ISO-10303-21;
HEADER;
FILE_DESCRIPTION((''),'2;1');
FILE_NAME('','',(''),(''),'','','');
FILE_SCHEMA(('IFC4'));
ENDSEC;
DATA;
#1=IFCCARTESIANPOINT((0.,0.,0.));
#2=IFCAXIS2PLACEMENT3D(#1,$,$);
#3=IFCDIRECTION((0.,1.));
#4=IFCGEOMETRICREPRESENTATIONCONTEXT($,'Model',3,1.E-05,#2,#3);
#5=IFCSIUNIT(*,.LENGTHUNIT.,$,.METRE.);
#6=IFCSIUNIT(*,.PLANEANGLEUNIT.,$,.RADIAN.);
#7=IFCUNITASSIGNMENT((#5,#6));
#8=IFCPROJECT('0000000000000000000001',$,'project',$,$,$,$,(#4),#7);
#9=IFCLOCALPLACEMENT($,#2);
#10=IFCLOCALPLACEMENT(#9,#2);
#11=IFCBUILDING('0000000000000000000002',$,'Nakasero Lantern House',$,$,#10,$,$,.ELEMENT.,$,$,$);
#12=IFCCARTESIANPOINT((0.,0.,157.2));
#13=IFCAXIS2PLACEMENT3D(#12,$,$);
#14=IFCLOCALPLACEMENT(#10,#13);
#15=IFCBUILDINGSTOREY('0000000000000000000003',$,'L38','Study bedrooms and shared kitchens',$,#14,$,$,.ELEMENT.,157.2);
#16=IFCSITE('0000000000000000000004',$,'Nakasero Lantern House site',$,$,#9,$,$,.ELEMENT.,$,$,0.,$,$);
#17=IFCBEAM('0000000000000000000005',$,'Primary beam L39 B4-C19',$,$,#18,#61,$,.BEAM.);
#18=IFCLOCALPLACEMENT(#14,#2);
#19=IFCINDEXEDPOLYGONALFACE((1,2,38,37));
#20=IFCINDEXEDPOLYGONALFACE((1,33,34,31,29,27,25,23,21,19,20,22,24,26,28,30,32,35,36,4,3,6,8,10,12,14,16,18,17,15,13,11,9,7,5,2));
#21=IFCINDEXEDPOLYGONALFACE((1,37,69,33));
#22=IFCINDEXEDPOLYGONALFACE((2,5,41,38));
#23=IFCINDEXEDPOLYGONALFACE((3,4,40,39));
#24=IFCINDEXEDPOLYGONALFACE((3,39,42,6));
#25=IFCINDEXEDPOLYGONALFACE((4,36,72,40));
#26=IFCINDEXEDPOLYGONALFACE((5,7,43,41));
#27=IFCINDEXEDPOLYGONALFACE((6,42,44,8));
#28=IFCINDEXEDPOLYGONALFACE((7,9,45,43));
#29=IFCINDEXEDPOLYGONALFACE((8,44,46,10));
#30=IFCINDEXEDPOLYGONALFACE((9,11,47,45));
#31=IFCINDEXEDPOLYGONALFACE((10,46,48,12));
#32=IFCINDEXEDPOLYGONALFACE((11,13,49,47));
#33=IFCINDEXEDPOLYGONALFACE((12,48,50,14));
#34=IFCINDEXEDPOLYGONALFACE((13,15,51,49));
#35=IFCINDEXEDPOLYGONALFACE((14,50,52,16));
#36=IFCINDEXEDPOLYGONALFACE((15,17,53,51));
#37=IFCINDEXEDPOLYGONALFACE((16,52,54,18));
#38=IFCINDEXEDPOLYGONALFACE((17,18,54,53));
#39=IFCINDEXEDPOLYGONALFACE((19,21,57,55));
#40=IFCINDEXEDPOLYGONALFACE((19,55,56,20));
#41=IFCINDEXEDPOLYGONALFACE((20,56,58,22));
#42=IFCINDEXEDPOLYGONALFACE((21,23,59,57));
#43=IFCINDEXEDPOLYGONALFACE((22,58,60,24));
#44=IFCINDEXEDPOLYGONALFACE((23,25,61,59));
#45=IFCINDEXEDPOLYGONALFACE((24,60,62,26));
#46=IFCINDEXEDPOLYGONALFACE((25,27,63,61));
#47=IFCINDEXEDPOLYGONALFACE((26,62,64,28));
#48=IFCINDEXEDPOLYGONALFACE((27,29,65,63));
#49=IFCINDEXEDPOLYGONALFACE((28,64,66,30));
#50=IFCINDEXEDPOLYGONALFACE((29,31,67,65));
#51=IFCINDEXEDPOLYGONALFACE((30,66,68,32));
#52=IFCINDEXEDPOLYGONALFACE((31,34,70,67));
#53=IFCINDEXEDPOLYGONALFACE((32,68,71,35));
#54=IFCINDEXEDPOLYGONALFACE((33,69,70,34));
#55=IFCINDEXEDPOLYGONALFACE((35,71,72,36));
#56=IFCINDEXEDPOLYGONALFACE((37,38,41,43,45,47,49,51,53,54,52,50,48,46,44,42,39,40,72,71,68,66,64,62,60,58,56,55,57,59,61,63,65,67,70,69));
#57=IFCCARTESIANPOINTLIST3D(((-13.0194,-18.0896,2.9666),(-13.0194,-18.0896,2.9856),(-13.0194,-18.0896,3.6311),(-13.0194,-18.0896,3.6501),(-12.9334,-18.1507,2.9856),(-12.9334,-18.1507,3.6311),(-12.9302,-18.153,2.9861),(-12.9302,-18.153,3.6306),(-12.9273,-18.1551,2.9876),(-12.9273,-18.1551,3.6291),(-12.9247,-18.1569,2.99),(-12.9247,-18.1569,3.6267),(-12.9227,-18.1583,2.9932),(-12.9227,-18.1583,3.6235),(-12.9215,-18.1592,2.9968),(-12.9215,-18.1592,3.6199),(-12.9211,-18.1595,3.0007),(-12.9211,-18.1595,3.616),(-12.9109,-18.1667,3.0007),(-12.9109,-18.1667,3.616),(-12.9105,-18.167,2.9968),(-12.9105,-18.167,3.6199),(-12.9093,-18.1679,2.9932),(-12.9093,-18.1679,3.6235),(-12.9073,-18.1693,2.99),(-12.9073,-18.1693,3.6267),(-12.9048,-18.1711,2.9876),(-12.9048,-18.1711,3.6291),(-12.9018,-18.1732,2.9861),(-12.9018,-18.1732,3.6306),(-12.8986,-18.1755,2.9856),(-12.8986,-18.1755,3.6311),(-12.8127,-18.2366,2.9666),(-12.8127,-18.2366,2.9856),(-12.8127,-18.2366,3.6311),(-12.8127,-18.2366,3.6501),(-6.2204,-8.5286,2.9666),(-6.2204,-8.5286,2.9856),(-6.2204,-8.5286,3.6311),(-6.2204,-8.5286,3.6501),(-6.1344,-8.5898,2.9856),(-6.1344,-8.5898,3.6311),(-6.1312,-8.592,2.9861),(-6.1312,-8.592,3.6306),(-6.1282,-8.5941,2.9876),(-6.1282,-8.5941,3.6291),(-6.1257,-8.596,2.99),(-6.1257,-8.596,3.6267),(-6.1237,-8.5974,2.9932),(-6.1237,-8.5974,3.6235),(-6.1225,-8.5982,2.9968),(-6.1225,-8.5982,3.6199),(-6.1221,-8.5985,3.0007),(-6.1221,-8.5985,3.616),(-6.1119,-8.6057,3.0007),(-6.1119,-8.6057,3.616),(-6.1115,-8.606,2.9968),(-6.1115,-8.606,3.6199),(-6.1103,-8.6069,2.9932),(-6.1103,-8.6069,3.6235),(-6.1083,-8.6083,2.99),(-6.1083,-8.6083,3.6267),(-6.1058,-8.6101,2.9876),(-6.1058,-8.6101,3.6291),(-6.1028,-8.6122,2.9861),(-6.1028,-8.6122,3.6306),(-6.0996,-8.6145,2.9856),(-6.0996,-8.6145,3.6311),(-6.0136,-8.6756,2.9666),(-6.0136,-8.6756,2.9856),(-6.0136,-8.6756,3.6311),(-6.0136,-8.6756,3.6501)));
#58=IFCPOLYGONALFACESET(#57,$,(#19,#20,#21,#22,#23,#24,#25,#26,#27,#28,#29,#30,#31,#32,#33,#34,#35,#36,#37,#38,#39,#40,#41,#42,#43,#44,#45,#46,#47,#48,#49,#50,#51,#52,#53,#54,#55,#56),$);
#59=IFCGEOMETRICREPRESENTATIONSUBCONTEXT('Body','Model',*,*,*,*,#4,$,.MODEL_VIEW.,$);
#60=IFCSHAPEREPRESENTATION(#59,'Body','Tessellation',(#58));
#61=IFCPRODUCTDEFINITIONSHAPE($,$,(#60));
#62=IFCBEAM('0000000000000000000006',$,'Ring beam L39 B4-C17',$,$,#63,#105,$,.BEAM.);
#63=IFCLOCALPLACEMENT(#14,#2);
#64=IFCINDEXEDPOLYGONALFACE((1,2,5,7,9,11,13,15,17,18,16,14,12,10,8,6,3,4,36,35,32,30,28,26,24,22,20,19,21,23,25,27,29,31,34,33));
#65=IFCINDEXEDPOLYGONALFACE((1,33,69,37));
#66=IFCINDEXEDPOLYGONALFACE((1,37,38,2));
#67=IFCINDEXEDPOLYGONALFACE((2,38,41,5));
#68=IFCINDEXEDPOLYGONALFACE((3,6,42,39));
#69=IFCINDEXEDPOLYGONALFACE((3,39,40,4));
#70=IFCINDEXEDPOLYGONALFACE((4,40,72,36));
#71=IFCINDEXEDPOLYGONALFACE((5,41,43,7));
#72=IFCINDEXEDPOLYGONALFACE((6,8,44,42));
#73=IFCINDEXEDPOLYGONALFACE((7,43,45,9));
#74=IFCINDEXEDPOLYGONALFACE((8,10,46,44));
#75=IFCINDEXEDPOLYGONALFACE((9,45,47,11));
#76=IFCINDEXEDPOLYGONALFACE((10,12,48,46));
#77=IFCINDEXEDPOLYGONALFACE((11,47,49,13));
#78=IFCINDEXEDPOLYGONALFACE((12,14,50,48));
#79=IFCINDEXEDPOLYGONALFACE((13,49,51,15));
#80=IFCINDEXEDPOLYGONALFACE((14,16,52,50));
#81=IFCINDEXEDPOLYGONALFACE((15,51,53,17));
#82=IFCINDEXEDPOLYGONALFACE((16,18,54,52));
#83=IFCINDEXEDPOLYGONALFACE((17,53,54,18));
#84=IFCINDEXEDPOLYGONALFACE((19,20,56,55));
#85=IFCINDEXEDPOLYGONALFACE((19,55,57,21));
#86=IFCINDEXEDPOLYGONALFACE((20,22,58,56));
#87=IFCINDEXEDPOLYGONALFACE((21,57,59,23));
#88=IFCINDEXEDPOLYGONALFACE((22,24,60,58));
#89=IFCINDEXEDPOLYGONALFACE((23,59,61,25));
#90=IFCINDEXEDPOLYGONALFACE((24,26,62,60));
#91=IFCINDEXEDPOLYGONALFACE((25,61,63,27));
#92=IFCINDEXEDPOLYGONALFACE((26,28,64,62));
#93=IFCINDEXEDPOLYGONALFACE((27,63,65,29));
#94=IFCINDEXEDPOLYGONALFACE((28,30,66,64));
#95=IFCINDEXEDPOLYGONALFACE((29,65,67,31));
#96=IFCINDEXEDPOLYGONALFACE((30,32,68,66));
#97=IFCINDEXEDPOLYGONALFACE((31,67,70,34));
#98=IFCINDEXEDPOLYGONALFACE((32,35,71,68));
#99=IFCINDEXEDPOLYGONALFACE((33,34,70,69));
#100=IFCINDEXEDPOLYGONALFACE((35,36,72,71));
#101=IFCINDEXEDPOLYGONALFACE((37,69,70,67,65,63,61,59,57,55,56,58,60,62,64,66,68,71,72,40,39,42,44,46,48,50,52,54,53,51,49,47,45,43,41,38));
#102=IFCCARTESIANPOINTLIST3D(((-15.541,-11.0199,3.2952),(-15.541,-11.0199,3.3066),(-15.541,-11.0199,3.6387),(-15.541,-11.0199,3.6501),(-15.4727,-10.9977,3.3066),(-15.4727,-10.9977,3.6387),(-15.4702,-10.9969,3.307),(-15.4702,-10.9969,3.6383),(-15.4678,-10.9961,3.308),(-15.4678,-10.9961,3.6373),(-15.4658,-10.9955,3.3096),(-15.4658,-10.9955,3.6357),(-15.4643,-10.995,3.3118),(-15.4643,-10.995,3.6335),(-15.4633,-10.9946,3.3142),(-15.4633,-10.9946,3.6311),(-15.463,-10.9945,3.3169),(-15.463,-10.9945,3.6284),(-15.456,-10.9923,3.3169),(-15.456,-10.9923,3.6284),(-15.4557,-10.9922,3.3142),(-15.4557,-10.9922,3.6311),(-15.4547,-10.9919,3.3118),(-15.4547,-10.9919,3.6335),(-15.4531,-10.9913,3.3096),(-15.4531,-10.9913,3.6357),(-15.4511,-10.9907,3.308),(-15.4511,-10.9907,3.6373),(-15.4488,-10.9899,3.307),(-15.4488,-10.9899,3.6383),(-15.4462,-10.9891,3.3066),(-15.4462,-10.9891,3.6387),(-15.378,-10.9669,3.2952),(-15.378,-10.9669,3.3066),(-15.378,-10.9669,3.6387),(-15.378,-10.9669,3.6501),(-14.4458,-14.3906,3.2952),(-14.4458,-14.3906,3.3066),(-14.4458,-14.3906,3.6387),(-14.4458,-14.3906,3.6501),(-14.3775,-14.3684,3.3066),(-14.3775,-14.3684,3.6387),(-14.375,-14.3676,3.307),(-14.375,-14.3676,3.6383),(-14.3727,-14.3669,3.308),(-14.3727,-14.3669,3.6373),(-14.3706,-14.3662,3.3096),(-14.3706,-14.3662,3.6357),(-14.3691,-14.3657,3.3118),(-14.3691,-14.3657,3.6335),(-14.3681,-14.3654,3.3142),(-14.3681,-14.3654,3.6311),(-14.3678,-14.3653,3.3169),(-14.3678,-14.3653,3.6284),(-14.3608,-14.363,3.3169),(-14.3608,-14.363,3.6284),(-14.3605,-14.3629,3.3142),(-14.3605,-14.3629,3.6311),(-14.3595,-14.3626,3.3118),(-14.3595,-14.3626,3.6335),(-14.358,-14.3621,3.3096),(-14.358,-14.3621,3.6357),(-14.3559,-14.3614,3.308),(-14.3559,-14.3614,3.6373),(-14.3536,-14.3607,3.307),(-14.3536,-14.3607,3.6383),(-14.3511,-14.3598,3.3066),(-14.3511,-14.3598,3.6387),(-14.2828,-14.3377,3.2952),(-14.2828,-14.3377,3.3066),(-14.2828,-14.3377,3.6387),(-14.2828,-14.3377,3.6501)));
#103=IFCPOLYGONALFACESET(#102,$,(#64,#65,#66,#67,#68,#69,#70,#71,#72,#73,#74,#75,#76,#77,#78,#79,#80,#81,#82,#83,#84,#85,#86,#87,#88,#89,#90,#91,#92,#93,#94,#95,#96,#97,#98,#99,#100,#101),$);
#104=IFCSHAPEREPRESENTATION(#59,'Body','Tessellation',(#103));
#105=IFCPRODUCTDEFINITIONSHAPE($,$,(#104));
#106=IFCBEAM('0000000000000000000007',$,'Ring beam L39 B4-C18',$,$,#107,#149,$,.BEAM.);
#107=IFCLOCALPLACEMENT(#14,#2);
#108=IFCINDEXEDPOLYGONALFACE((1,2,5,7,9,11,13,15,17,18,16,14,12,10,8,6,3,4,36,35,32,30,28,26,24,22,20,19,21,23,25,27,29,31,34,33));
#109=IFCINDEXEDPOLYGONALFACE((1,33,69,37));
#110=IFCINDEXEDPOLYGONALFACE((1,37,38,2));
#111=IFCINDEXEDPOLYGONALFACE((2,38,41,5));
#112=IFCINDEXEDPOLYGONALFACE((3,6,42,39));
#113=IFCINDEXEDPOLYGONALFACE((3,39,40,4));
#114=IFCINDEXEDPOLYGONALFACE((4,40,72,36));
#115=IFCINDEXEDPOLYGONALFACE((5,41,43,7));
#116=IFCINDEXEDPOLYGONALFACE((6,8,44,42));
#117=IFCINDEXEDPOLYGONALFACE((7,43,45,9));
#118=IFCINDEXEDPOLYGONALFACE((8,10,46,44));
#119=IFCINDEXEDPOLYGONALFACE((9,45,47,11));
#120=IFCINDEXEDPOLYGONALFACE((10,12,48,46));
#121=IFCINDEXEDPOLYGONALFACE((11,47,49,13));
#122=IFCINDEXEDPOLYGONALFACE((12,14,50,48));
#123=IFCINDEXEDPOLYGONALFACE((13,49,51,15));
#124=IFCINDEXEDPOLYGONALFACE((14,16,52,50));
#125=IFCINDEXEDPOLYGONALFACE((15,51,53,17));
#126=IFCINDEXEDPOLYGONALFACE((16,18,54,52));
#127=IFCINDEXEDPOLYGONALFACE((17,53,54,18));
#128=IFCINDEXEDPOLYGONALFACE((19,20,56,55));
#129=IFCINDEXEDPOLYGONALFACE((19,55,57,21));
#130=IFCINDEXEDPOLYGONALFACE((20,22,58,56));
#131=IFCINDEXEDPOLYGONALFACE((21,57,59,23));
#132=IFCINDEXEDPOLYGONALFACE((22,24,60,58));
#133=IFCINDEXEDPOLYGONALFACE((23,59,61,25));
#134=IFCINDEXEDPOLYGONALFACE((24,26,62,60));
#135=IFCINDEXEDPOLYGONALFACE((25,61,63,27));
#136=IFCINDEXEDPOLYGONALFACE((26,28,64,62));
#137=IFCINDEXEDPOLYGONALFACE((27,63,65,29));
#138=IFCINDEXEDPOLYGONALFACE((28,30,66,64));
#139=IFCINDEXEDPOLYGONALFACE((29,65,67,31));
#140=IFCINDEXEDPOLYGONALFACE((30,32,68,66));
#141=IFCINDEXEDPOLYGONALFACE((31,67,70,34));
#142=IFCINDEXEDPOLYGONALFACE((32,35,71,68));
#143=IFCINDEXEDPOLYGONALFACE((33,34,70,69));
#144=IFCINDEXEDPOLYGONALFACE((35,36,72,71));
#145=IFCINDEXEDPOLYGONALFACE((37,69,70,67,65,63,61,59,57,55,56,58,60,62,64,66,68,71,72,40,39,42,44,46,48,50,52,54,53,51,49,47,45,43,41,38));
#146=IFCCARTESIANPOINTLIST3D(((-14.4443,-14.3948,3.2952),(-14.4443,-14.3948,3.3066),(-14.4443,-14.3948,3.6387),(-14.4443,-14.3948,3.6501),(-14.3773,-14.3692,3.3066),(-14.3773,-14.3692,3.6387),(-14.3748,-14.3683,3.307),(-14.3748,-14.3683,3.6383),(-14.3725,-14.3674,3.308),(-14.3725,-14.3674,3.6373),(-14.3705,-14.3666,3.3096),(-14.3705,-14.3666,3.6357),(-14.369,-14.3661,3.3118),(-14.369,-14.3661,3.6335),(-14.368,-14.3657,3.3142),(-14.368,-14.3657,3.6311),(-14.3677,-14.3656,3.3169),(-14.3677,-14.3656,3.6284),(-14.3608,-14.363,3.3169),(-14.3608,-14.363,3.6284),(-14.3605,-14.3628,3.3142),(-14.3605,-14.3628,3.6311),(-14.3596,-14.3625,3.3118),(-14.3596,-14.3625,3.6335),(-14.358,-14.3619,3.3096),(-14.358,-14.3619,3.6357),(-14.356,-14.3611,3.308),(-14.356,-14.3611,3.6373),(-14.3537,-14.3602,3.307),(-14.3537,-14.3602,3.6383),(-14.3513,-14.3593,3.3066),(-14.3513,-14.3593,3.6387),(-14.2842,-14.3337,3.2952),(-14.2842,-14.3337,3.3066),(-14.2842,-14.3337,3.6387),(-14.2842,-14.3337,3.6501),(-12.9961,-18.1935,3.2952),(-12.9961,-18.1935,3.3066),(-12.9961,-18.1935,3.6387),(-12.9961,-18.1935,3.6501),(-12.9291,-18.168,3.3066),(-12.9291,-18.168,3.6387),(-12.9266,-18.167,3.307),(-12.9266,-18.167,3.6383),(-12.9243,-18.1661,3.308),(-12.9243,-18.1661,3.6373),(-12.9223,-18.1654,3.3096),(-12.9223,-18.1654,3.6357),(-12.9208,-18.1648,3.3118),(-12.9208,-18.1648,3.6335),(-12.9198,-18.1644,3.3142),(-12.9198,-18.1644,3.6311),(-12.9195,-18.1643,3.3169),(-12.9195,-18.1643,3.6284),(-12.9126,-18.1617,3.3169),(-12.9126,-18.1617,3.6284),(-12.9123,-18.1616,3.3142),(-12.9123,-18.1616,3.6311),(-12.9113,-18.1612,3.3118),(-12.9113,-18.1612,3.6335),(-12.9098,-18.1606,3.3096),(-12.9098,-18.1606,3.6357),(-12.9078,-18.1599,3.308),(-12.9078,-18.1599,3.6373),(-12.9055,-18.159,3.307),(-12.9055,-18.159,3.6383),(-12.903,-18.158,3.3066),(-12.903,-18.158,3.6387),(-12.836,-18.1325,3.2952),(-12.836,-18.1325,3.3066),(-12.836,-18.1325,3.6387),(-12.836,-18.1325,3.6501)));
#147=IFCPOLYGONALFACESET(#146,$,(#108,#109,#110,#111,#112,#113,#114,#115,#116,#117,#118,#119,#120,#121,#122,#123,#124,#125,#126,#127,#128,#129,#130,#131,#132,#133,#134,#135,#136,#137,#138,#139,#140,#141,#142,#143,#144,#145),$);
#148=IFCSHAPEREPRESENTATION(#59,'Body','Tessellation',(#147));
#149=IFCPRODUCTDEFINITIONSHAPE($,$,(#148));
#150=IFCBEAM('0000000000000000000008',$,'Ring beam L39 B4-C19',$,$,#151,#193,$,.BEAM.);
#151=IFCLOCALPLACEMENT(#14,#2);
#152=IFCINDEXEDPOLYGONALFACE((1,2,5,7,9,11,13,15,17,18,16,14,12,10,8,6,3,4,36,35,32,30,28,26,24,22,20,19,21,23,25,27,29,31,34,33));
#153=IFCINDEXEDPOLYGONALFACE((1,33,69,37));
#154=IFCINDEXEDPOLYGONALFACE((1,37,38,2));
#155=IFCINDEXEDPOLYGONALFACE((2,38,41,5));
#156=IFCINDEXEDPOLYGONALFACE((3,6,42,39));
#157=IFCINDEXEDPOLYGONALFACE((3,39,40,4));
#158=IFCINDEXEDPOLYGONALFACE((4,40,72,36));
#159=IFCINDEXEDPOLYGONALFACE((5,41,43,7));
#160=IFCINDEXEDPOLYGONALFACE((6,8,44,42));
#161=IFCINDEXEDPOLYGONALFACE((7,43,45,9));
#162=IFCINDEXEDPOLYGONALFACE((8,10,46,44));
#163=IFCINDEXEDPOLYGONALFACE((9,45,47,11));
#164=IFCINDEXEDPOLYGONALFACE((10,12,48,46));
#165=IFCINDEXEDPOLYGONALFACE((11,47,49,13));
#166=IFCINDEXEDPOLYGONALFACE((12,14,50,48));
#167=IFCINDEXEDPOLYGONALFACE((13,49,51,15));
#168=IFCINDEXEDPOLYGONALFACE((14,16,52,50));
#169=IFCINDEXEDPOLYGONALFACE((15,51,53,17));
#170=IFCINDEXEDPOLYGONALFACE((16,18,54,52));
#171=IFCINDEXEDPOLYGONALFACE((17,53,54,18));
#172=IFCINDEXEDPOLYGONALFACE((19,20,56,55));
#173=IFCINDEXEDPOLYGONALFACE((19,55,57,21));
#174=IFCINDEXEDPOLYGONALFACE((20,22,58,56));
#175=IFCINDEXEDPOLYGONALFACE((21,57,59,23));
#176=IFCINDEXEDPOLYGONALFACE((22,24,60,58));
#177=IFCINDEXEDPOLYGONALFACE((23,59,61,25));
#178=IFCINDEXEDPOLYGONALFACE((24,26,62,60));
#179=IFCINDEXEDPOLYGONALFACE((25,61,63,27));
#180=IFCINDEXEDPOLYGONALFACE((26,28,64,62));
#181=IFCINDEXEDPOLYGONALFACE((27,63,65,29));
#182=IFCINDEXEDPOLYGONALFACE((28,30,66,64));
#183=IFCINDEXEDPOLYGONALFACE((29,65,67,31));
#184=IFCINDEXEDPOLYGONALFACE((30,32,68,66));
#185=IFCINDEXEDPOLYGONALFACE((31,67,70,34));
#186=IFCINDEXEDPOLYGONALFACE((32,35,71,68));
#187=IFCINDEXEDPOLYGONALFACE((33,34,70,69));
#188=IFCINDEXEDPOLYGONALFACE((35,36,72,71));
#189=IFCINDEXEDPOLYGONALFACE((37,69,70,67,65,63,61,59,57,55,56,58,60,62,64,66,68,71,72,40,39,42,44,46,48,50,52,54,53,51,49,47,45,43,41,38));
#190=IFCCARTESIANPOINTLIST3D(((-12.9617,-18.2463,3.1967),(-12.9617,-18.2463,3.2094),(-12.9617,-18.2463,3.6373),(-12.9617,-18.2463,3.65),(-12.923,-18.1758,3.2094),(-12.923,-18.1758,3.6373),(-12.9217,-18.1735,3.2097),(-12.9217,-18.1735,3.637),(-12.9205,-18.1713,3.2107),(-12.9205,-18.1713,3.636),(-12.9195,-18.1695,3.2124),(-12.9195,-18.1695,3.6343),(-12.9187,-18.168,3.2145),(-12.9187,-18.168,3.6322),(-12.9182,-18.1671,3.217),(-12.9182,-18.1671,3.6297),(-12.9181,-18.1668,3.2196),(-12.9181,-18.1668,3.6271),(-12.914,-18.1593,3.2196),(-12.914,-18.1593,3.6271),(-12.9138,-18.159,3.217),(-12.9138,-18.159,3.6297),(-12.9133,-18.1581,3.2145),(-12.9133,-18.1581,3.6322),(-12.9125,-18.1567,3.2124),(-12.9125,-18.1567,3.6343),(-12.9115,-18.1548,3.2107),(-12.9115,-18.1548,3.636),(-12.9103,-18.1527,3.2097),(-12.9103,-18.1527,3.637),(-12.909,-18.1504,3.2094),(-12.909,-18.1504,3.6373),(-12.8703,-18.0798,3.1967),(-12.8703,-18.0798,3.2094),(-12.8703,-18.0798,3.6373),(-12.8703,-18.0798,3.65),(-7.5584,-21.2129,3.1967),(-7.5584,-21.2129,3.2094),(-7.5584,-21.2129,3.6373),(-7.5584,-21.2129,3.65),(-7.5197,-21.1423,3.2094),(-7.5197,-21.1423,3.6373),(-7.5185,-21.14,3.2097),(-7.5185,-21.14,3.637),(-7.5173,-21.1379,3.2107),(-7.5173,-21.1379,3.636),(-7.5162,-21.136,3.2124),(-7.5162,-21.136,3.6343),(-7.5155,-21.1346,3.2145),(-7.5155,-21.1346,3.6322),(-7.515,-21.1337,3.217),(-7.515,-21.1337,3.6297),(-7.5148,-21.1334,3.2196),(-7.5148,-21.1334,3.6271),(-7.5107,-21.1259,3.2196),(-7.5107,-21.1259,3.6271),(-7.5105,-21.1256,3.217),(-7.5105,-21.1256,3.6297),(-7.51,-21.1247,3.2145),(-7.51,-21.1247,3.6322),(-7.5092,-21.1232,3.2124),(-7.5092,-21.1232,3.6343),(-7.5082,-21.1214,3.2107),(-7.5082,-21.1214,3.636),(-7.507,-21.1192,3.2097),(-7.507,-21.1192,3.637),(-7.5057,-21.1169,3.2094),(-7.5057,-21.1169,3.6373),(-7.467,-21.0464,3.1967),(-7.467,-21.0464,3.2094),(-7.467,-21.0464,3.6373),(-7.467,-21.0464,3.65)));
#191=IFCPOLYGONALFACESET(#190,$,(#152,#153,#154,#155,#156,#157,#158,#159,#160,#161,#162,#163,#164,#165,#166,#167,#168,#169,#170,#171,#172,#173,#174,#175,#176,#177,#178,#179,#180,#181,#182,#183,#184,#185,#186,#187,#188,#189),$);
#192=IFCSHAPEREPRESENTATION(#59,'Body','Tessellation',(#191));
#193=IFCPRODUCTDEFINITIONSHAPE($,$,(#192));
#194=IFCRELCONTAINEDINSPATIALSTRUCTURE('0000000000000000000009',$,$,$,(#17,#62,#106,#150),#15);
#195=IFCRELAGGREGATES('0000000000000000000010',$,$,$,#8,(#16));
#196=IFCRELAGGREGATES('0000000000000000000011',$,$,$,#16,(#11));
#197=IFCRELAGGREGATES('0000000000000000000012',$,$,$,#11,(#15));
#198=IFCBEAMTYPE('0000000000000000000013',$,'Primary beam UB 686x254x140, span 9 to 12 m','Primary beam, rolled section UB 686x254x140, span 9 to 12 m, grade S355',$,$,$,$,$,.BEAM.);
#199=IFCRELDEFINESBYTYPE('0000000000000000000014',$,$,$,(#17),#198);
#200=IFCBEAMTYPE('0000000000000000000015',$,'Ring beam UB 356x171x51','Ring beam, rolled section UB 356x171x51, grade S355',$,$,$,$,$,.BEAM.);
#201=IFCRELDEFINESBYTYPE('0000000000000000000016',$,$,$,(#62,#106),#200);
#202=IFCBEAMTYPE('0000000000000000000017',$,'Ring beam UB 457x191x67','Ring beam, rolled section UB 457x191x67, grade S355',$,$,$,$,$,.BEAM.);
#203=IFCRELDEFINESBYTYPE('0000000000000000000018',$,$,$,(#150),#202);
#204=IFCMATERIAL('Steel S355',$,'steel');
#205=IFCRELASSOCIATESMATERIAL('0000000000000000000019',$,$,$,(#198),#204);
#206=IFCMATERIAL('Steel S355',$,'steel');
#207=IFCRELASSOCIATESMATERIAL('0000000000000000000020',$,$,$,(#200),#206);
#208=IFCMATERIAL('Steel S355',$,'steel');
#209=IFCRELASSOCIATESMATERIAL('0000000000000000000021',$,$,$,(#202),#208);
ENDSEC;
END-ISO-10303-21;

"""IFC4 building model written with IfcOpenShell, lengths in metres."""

from ifc_helpers import new_model, si_unit, direction, frame, origin, origin_2d, place, context, subcontext, project, spatial, i_section, extrude, material, material_profile, profile_set, type_object, element, save


model = new_model("IFC4")

# Units and contexts
model_context = context("Model", 3, precision=1e-05, world=origin(), true_north=direction((0.0, 1.0)))
body_context = subcontext(model_context, "Body", "Model", "MODEL_VIEW")
ifc_project = project(units=[si_unit("LENGTHUNIT", "METRE"), si_unit("PLANEANGLEUNIT", "RADIAN")], contexts=[model_context])

# Site, building, storey
site_placement = place(None, origin())
site = spatial("IfcSite", under=ifc_project, at=site_placement, Name="Nakasero Lantern House site", CompositionType="ELEMENT", RefElevation=0.0)
building_placement = place(site_placement, origin())
building = spatial("IfcBuilding", under=site, at=building_placement, Name="Nakasero Lantern House", CompositionType="ELEMENT")
storey_placement = place(building_placement, frame((0.0, 0.0, 157.2)))
storey = spatial("IfcBuildingStorey", under=building, at=storey_placement, Name="L38", Description="Study bedrooms and shared kitchens", CompositionType="ELEMENT", Elevation=157.2)

# Beams
ifc_material_1 = material(Name="Steel S355", Category="steel")
ifc_material_profile_1 = material_profile(ifc_material_1, i_section(OverallWidth=0.2537, OverallDepth=0.6836, WebThickness=0.0125, FlangeThickness=0.019, FilletRadius=0.0151, at=origin_2d()), Name="UB 686x254x140")
ifc_profile_set_1 = profile_set([ifc_material_profile_1], Name="Steel S355")
beam_type_1 = type_object("IfcBeamType", Name="Primary beam UB 686x254x140, span 9 to 12 m", Description="Primary beam, rolled section UB 686x254x140, span 9 to 12 m, grade S355", PredefinedType="BEAM", material=ifc_profile_set_1)
beam_1_placement = place(storey_placement, frame((-12.916, -18.1631, 3.3083), z_axis=(0.57953, 0.814951, 0.0), x_axis=(-0.814951, 0.57953, 0.0)))
element("IfcBeam", 1, at=beam_1_placement, inside=storey, type_object=beam_type_1, Name="Primary beam L39 B4-C19", PredefinedType="BEAM", context=body_context, shape_type="SweptSolid", body=[
    extrude(i_section(OverallWidth=0.2537, OverallDepth=0.6836, WebThickness=0.0125, FlangeThickness=0.019, FilletRadius=0.0151, at=origin_2d()), origin(), (0.0, 0.0, 1.0), 11.7319),
])
ifc_material_2 = material(Name="Steel S355", Category="steel")
ifc_material_profile_2 = material_profile(ifc_material_2, i_section(OverallWidth=0.1714, OverallDepth=0.355, WebThickness=0.0073, FlangeThickness=0.0115, FilletRadius=0.0103, at=origin_2d()), Name="UB 356x171x51")
ifc_profile_set_2 = profile_set([ifc_material_profile_2], Name="Steel S355")
beam_type_2 = type_object("IfcBeamType", Name="Ring beam UB 356x171x51", Description="Ring beam, rolled section UB 356x171x51, grade S355", PredefinedType="BEAM", material=ifc_profile_set_2)
beam_2_placement = place(storey_placement, frame((-15.4595, -10.9934, 3.4727), z_axis=(0.309007, -0.95106, 0.0), x_axis=(0.95106, 0.309007, 0.0)))
element("IfcBeam", 2, at=beam_2_placement, inside=storey, type_object=beam_type_2, Name="Ring beam L39 B4-C17", PredefinedType="BEAM", context=body_context, shape_type="SweptSolid", body=[
    extrude(i_section(OverallWidth=0.1714, OverallDepth=0.355, WebThickness=0.0073, FlangeThickness=0.0115, FilletRadius=0.0103, at=origin_2d()), origin(), (0.0, 0.0, 1.0), 3.5442),
])
beam_3_placement = place(storey_placement, frame((-14.3643, -14.3643, 3.4727), z_axis=(0.356225, -0.9344, 0.0), x_axis=(0.9344, 0.356225, 0.0)))
element("IfcBeam", 3, at=beam_3_placement, inside=storey, type_object=beam_type_2, Name="Ring beam L39 B4-C18", PredefinedType="BEAM", context=body_context, shape_type="SweptSolid", body=[
    extrude(i_section(OverallWidth=0.1714, OverallDepth=0.355, WebThickness=0.0073, FlangeThickness=0.0115, FilletRadius=0.0103, at=origin_2d()), origin(), (0.0, 0.0, 1.0), 4.0654),
])
ifc_material_3 = material(Name="Steel S355", Category="steel")
ifc_material_profile_3 = material_profile(ifc_material_3, i_section(OverallWidth=0.1899, OverallDepth=0.4534, WebThickness=0.0085, FlangeThickness=0.0127, FilletRadius=0.0103, at=origin_2d()), Name="UB 457x191x67")
ifc_profile_set_3 = profile_set([ifc_material_profile_3], Name="Steel S355")
beam_type_3 = type_object("IfcBeamType", Name="Ring beam UB 457x191x67", Description="Ring beam, rolled section UB 457x191x67, grade S355", PredefinedType="BEAM", material=ifc_profile_set_3)
beam_4_placement = place(storey_placement, frame((-12.916, -18.1631, 3.4233), z_axis=(0.876577, -0.481262, 0.0), x_axis=(0.481262, 0.876577, 0.0)))
element("IfcBeam", 4, at=beam_4_placement, inside=storey, type_object=beam_type_3, Name="Ring beam L39 B4-C19", PredefinedType="BEAM", context=body_context, shape_type="SweptSolid", body=[
    extrude(i_section(OverallWidth=0.1899, OverallDepth=0.4534, WebThickness=0.0085, FlangeThickness=0.0127, FilletRadius=0.0103, at=origin_2d()), origin(), (0.0, 0.0, 1.0), 6.1641),
])

save(model, "model.ifc")
